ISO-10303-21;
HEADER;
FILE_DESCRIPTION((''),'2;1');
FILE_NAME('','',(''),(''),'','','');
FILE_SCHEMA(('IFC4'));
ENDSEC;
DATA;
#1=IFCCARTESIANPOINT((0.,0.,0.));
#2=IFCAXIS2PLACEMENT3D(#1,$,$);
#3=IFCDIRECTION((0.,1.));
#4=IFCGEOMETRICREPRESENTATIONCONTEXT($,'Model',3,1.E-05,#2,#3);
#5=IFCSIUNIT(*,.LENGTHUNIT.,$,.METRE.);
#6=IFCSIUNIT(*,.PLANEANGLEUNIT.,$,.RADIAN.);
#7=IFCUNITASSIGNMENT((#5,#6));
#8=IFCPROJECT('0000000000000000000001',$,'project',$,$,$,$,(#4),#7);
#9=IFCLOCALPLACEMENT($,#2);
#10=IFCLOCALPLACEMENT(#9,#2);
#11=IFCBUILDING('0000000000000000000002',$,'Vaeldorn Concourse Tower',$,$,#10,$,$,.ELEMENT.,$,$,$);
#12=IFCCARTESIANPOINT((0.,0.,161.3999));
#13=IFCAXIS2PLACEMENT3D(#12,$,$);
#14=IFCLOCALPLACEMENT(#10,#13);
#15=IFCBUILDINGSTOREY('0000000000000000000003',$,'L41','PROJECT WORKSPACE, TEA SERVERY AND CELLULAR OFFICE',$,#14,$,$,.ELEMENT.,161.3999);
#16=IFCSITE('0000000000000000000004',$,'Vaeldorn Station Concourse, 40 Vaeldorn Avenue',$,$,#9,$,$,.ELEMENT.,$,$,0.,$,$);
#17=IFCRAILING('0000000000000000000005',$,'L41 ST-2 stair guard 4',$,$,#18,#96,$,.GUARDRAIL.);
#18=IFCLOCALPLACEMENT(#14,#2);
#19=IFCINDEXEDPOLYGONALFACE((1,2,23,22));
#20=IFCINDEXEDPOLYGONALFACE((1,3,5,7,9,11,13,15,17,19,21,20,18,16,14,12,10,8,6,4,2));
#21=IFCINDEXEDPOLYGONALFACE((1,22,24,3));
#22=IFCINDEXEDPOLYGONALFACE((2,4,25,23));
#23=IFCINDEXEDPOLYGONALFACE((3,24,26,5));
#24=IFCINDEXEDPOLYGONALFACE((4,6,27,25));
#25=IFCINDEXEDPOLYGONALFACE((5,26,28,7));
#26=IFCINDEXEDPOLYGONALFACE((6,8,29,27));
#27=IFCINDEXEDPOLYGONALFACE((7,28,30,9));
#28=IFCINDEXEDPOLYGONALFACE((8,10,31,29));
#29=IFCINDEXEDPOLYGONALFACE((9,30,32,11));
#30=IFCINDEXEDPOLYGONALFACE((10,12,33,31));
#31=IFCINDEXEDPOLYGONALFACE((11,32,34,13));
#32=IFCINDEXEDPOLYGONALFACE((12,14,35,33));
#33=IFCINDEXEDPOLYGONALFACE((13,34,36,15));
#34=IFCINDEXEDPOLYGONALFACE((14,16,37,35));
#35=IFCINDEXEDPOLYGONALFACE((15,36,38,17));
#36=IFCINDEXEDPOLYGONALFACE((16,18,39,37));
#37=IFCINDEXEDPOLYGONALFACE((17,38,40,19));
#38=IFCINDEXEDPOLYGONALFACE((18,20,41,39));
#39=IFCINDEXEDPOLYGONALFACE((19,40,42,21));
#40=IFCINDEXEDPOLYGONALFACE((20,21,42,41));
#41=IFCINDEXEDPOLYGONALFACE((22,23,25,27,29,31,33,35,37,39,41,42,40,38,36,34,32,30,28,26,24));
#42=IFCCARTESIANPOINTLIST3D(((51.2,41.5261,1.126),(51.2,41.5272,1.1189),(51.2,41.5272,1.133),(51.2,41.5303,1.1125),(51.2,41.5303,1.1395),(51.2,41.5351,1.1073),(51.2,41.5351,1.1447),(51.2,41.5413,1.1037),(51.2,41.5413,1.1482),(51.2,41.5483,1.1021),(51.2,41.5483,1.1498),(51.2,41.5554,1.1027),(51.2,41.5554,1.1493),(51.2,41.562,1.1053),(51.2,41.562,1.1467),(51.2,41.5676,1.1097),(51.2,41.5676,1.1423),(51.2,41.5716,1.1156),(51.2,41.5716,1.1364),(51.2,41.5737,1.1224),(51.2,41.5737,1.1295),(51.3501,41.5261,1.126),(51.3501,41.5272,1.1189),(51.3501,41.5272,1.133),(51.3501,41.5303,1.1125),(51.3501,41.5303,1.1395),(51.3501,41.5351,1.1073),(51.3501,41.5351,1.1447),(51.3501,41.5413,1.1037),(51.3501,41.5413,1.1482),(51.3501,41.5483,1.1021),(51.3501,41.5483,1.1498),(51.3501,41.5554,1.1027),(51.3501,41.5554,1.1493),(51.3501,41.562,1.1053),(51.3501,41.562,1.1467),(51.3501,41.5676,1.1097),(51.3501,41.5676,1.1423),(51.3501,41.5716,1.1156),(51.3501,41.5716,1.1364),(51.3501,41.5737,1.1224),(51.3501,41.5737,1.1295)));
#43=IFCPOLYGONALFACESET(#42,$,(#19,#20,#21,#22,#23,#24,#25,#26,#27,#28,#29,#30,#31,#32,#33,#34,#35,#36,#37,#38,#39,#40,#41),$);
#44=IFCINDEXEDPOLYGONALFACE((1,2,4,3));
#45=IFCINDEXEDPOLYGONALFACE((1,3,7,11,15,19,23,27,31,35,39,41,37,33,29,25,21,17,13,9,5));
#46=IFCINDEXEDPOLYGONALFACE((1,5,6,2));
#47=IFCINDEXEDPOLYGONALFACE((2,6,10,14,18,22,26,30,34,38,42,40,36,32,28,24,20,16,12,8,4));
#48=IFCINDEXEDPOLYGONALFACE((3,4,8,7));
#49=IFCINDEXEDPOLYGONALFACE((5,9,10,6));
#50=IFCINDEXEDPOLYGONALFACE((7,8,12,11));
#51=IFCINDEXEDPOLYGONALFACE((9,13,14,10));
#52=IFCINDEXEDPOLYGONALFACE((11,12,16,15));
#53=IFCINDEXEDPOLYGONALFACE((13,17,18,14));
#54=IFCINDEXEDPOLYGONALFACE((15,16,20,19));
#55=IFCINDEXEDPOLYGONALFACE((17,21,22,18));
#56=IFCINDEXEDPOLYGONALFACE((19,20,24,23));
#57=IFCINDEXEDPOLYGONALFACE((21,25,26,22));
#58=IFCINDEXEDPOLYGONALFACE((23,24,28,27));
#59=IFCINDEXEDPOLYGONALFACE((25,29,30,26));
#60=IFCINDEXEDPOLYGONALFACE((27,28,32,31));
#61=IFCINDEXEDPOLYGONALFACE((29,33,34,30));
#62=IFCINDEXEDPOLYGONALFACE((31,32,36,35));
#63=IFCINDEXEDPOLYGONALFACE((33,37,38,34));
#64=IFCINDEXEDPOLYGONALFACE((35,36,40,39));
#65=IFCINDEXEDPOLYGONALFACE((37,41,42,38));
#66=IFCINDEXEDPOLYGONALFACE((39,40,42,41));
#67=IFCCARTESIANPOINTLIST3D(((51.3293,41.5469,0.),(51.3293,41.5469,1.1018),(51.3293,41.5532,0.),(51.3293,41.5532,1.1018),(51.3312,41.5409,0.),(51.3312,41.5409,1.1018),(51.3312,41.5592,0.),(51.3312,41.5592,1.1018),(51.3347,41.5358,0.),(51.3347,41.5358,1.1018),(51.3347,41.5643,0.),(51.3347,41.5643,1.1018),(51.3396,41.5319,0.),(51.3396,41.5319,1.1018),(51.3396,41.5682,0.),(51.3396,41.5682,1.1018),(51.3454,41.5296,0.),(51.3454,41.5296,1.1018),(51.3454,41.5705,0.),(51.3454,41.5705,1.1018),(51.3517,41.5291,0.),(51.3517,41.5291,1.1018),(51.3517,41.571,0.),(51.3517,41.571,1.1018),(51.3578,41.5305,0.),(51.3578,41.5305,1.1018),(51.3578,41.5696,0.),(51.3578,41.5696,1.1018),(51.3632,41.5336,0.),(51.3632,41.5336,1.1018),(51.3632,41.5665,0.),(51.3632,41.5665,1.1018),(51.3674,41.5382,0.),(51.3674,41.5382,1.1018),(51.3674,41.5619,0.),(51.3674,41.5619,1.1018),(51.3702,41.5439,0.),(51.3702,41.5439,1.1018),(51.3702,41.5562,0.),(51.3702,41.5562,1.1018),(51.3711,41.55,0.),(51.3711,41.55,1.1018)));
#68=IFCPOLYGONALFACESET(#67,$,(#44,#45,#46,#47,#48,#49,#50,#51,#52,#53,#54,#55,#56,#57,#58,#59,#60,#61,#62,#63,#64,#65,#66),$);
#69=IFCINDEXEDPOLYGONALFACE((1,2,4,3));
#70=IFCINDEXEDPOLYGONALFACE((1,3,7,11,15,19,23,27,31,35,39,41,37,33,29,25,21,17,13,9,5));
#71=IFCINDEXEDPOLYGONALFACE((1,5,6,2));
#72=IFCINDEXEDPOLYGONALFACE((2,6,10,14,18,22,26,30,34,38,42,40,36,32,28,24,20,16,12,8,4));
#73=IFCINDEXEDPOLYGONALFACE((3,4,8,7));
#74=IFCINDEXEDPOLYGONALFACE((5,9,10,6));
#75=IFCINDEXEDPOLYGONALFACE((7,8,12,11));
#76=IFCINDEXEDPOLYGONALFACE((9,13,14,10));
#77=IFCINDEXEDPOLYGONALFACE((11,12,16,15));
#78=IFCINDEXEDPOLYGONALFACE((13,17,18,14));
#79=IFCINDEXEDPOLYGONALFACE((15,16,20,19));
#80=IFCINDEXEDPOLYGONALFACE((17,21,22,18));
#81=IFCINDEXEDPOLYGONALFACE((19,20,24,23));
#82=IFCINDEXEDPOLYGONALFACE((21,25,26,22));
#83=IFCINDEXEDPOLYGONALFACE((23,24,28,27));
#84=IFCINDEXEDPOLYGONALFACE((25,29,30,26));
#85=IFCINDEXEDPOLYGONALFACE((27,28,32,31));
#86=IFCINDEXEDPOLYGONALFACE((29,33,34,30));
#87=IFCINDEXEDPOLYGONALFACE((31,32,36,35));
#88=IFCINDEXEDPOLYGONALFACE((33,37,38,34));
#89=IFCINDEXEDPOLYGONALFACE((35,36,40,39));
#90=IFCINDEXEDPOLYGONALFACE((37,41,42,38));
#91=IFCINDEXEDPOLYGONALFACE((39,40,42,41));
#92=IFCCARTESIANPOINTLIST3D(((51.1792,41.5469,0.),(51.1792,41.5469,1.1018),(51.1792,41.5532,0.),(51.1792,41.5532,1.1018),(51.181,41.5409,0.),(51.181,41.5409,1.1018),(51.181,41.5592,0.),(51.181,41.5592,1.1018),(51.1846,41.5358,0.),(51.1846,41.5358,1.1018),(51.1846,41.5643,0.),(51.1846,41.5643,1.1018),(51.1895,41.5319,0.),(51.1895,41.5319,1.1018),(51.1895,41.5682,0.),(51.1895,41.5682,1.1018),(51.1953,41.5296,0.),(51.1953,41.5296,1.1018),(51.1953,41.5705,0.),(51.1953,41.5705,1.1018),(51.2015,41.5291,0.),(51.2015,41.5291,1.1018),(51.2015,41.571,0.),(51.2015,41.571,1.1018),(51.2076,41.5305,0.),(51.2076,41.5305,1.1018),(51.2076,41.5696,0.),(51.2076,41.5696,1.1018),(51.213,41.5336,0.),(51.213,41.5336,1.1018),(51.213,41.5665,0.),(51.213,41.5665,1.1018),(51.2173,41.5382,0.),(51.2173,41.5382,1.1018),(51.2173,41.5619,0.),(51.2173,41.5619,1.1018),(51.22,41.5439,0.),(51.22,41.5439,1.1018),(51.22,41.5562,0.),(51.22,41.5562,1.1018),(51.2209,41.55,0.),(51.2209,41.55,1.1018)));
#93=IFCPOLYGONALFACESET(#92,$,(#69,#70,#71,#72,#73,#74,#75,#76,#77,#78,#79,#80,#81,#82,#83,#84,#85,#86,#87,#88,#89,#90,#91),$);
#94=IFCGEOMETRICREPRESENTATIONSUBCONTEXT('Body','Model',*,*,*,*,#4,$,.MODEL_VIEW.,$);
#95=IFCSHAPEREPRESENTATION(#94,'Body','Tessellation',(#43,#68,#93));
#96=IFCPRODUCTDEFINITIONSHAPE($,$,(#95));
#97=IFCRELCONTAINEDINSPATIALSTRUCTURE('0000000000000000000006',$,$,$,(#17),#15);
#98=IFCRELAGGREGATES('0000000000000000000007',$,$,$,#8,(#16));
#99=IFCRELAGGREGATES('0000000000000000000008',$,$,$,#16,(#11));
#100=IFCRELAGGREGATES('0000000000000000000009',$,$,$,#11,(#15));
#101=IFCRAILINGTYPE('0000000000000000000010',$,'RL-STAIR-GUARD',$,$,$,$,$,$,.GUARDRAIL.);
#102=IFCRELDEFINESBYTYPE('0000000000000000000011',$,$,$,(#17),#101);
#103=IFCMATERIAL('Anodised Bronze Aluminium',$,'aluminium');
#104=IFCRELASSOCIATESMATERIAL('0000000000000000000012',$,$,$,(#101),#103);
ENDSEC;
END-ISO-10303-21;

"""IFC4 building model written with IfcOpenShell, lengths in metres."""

from ifc_helpers import new_model, si_unit, direction, frame, origin, origin_2d, place, context, subcontext, project, spatial, circle, extrude, material, type_object, element, save


model = new_model("IFC4")

# Units and contexts
model_context = context("Model", 3, precision=1e-05, world=origin(), true_north=direction((0.0, 1.0)))
body_context = subcontext(model_context, "Body", "Model", "MODEL_VIEW")
ifc_project = project(units=[si_unit("LENGTHUNIT", "METRE"), si_unit("PLANEANGLEUNIT", "RADIAN")], contexts=[model_context])

# Site, building, storey
site_placement = place(None, origin())
site = spatial("IfcSite", under=ifc_project, at=site_placement, Name="Vaeldorn Station Concourse, 40 Vaeldorn Avenue", CompositionType="ELEMENT", RefElevation=0.0)
building_placement = place(site_placement, origin())
building = spatial("IfcBuilding", under=site, at=building_placement, Name="Vaeldorn Concourse Tower", CompositionType="ELEMENT")
storey_placement = place(building_placement, frame((0.0, 0.0, 161.3999)))
storey = spatial("IfcBuildingStorey", under=building, at=storey_placement, Name="L41", Description="PROJECT WORKSPACE, TEA SERVERY AND CELLULAR OFFICE", CompositionType="ELEMENT", Elevation=161.3999)

# Shared definitions
ifc_material_1 = material(Name="Anodised Bronze Aluminium", Category="aluminium")

# Railing
railing_type_1 = type_object("IfcRailingType", Name="RL-STAIR-GUARD", PredefinedType="GUARDRAIL", material=ifc_material_1)
railing_1_placement = place(storey_placement, frame((51.3501, 41.55, 0.0)))
element("IfcRailing", 1, at=railing_1_placement, inside=storey, type_object=railing_type_1, Name="L41 ST-2 stair guard 4", PredefinedType="GUARDRAIL", context=body_context, shape_type="SweptSolid", body=[
    extrude(circle(Radius=0.0239, at=origin_2d()), frame((0.0, 0.0, 1.126), z_axis=(-1.0, 0.0, 0.0), x_axis=(0.0, -1.0, 0.0)), (0.0, 0.0, 1.0), 0.1501),
    extrude(circle(Radius=0.021, at=origin_2d()), origin(), (0.0, 0.0, 1.0), 1.1018),
    extrude(circle(Radius=0.021, at=origin_2d()), frame((-0.1501, 0.0, 0.0)), (0.0, 0.0, 1.0), 1.1018),
])

save(model, "model.ifc")
